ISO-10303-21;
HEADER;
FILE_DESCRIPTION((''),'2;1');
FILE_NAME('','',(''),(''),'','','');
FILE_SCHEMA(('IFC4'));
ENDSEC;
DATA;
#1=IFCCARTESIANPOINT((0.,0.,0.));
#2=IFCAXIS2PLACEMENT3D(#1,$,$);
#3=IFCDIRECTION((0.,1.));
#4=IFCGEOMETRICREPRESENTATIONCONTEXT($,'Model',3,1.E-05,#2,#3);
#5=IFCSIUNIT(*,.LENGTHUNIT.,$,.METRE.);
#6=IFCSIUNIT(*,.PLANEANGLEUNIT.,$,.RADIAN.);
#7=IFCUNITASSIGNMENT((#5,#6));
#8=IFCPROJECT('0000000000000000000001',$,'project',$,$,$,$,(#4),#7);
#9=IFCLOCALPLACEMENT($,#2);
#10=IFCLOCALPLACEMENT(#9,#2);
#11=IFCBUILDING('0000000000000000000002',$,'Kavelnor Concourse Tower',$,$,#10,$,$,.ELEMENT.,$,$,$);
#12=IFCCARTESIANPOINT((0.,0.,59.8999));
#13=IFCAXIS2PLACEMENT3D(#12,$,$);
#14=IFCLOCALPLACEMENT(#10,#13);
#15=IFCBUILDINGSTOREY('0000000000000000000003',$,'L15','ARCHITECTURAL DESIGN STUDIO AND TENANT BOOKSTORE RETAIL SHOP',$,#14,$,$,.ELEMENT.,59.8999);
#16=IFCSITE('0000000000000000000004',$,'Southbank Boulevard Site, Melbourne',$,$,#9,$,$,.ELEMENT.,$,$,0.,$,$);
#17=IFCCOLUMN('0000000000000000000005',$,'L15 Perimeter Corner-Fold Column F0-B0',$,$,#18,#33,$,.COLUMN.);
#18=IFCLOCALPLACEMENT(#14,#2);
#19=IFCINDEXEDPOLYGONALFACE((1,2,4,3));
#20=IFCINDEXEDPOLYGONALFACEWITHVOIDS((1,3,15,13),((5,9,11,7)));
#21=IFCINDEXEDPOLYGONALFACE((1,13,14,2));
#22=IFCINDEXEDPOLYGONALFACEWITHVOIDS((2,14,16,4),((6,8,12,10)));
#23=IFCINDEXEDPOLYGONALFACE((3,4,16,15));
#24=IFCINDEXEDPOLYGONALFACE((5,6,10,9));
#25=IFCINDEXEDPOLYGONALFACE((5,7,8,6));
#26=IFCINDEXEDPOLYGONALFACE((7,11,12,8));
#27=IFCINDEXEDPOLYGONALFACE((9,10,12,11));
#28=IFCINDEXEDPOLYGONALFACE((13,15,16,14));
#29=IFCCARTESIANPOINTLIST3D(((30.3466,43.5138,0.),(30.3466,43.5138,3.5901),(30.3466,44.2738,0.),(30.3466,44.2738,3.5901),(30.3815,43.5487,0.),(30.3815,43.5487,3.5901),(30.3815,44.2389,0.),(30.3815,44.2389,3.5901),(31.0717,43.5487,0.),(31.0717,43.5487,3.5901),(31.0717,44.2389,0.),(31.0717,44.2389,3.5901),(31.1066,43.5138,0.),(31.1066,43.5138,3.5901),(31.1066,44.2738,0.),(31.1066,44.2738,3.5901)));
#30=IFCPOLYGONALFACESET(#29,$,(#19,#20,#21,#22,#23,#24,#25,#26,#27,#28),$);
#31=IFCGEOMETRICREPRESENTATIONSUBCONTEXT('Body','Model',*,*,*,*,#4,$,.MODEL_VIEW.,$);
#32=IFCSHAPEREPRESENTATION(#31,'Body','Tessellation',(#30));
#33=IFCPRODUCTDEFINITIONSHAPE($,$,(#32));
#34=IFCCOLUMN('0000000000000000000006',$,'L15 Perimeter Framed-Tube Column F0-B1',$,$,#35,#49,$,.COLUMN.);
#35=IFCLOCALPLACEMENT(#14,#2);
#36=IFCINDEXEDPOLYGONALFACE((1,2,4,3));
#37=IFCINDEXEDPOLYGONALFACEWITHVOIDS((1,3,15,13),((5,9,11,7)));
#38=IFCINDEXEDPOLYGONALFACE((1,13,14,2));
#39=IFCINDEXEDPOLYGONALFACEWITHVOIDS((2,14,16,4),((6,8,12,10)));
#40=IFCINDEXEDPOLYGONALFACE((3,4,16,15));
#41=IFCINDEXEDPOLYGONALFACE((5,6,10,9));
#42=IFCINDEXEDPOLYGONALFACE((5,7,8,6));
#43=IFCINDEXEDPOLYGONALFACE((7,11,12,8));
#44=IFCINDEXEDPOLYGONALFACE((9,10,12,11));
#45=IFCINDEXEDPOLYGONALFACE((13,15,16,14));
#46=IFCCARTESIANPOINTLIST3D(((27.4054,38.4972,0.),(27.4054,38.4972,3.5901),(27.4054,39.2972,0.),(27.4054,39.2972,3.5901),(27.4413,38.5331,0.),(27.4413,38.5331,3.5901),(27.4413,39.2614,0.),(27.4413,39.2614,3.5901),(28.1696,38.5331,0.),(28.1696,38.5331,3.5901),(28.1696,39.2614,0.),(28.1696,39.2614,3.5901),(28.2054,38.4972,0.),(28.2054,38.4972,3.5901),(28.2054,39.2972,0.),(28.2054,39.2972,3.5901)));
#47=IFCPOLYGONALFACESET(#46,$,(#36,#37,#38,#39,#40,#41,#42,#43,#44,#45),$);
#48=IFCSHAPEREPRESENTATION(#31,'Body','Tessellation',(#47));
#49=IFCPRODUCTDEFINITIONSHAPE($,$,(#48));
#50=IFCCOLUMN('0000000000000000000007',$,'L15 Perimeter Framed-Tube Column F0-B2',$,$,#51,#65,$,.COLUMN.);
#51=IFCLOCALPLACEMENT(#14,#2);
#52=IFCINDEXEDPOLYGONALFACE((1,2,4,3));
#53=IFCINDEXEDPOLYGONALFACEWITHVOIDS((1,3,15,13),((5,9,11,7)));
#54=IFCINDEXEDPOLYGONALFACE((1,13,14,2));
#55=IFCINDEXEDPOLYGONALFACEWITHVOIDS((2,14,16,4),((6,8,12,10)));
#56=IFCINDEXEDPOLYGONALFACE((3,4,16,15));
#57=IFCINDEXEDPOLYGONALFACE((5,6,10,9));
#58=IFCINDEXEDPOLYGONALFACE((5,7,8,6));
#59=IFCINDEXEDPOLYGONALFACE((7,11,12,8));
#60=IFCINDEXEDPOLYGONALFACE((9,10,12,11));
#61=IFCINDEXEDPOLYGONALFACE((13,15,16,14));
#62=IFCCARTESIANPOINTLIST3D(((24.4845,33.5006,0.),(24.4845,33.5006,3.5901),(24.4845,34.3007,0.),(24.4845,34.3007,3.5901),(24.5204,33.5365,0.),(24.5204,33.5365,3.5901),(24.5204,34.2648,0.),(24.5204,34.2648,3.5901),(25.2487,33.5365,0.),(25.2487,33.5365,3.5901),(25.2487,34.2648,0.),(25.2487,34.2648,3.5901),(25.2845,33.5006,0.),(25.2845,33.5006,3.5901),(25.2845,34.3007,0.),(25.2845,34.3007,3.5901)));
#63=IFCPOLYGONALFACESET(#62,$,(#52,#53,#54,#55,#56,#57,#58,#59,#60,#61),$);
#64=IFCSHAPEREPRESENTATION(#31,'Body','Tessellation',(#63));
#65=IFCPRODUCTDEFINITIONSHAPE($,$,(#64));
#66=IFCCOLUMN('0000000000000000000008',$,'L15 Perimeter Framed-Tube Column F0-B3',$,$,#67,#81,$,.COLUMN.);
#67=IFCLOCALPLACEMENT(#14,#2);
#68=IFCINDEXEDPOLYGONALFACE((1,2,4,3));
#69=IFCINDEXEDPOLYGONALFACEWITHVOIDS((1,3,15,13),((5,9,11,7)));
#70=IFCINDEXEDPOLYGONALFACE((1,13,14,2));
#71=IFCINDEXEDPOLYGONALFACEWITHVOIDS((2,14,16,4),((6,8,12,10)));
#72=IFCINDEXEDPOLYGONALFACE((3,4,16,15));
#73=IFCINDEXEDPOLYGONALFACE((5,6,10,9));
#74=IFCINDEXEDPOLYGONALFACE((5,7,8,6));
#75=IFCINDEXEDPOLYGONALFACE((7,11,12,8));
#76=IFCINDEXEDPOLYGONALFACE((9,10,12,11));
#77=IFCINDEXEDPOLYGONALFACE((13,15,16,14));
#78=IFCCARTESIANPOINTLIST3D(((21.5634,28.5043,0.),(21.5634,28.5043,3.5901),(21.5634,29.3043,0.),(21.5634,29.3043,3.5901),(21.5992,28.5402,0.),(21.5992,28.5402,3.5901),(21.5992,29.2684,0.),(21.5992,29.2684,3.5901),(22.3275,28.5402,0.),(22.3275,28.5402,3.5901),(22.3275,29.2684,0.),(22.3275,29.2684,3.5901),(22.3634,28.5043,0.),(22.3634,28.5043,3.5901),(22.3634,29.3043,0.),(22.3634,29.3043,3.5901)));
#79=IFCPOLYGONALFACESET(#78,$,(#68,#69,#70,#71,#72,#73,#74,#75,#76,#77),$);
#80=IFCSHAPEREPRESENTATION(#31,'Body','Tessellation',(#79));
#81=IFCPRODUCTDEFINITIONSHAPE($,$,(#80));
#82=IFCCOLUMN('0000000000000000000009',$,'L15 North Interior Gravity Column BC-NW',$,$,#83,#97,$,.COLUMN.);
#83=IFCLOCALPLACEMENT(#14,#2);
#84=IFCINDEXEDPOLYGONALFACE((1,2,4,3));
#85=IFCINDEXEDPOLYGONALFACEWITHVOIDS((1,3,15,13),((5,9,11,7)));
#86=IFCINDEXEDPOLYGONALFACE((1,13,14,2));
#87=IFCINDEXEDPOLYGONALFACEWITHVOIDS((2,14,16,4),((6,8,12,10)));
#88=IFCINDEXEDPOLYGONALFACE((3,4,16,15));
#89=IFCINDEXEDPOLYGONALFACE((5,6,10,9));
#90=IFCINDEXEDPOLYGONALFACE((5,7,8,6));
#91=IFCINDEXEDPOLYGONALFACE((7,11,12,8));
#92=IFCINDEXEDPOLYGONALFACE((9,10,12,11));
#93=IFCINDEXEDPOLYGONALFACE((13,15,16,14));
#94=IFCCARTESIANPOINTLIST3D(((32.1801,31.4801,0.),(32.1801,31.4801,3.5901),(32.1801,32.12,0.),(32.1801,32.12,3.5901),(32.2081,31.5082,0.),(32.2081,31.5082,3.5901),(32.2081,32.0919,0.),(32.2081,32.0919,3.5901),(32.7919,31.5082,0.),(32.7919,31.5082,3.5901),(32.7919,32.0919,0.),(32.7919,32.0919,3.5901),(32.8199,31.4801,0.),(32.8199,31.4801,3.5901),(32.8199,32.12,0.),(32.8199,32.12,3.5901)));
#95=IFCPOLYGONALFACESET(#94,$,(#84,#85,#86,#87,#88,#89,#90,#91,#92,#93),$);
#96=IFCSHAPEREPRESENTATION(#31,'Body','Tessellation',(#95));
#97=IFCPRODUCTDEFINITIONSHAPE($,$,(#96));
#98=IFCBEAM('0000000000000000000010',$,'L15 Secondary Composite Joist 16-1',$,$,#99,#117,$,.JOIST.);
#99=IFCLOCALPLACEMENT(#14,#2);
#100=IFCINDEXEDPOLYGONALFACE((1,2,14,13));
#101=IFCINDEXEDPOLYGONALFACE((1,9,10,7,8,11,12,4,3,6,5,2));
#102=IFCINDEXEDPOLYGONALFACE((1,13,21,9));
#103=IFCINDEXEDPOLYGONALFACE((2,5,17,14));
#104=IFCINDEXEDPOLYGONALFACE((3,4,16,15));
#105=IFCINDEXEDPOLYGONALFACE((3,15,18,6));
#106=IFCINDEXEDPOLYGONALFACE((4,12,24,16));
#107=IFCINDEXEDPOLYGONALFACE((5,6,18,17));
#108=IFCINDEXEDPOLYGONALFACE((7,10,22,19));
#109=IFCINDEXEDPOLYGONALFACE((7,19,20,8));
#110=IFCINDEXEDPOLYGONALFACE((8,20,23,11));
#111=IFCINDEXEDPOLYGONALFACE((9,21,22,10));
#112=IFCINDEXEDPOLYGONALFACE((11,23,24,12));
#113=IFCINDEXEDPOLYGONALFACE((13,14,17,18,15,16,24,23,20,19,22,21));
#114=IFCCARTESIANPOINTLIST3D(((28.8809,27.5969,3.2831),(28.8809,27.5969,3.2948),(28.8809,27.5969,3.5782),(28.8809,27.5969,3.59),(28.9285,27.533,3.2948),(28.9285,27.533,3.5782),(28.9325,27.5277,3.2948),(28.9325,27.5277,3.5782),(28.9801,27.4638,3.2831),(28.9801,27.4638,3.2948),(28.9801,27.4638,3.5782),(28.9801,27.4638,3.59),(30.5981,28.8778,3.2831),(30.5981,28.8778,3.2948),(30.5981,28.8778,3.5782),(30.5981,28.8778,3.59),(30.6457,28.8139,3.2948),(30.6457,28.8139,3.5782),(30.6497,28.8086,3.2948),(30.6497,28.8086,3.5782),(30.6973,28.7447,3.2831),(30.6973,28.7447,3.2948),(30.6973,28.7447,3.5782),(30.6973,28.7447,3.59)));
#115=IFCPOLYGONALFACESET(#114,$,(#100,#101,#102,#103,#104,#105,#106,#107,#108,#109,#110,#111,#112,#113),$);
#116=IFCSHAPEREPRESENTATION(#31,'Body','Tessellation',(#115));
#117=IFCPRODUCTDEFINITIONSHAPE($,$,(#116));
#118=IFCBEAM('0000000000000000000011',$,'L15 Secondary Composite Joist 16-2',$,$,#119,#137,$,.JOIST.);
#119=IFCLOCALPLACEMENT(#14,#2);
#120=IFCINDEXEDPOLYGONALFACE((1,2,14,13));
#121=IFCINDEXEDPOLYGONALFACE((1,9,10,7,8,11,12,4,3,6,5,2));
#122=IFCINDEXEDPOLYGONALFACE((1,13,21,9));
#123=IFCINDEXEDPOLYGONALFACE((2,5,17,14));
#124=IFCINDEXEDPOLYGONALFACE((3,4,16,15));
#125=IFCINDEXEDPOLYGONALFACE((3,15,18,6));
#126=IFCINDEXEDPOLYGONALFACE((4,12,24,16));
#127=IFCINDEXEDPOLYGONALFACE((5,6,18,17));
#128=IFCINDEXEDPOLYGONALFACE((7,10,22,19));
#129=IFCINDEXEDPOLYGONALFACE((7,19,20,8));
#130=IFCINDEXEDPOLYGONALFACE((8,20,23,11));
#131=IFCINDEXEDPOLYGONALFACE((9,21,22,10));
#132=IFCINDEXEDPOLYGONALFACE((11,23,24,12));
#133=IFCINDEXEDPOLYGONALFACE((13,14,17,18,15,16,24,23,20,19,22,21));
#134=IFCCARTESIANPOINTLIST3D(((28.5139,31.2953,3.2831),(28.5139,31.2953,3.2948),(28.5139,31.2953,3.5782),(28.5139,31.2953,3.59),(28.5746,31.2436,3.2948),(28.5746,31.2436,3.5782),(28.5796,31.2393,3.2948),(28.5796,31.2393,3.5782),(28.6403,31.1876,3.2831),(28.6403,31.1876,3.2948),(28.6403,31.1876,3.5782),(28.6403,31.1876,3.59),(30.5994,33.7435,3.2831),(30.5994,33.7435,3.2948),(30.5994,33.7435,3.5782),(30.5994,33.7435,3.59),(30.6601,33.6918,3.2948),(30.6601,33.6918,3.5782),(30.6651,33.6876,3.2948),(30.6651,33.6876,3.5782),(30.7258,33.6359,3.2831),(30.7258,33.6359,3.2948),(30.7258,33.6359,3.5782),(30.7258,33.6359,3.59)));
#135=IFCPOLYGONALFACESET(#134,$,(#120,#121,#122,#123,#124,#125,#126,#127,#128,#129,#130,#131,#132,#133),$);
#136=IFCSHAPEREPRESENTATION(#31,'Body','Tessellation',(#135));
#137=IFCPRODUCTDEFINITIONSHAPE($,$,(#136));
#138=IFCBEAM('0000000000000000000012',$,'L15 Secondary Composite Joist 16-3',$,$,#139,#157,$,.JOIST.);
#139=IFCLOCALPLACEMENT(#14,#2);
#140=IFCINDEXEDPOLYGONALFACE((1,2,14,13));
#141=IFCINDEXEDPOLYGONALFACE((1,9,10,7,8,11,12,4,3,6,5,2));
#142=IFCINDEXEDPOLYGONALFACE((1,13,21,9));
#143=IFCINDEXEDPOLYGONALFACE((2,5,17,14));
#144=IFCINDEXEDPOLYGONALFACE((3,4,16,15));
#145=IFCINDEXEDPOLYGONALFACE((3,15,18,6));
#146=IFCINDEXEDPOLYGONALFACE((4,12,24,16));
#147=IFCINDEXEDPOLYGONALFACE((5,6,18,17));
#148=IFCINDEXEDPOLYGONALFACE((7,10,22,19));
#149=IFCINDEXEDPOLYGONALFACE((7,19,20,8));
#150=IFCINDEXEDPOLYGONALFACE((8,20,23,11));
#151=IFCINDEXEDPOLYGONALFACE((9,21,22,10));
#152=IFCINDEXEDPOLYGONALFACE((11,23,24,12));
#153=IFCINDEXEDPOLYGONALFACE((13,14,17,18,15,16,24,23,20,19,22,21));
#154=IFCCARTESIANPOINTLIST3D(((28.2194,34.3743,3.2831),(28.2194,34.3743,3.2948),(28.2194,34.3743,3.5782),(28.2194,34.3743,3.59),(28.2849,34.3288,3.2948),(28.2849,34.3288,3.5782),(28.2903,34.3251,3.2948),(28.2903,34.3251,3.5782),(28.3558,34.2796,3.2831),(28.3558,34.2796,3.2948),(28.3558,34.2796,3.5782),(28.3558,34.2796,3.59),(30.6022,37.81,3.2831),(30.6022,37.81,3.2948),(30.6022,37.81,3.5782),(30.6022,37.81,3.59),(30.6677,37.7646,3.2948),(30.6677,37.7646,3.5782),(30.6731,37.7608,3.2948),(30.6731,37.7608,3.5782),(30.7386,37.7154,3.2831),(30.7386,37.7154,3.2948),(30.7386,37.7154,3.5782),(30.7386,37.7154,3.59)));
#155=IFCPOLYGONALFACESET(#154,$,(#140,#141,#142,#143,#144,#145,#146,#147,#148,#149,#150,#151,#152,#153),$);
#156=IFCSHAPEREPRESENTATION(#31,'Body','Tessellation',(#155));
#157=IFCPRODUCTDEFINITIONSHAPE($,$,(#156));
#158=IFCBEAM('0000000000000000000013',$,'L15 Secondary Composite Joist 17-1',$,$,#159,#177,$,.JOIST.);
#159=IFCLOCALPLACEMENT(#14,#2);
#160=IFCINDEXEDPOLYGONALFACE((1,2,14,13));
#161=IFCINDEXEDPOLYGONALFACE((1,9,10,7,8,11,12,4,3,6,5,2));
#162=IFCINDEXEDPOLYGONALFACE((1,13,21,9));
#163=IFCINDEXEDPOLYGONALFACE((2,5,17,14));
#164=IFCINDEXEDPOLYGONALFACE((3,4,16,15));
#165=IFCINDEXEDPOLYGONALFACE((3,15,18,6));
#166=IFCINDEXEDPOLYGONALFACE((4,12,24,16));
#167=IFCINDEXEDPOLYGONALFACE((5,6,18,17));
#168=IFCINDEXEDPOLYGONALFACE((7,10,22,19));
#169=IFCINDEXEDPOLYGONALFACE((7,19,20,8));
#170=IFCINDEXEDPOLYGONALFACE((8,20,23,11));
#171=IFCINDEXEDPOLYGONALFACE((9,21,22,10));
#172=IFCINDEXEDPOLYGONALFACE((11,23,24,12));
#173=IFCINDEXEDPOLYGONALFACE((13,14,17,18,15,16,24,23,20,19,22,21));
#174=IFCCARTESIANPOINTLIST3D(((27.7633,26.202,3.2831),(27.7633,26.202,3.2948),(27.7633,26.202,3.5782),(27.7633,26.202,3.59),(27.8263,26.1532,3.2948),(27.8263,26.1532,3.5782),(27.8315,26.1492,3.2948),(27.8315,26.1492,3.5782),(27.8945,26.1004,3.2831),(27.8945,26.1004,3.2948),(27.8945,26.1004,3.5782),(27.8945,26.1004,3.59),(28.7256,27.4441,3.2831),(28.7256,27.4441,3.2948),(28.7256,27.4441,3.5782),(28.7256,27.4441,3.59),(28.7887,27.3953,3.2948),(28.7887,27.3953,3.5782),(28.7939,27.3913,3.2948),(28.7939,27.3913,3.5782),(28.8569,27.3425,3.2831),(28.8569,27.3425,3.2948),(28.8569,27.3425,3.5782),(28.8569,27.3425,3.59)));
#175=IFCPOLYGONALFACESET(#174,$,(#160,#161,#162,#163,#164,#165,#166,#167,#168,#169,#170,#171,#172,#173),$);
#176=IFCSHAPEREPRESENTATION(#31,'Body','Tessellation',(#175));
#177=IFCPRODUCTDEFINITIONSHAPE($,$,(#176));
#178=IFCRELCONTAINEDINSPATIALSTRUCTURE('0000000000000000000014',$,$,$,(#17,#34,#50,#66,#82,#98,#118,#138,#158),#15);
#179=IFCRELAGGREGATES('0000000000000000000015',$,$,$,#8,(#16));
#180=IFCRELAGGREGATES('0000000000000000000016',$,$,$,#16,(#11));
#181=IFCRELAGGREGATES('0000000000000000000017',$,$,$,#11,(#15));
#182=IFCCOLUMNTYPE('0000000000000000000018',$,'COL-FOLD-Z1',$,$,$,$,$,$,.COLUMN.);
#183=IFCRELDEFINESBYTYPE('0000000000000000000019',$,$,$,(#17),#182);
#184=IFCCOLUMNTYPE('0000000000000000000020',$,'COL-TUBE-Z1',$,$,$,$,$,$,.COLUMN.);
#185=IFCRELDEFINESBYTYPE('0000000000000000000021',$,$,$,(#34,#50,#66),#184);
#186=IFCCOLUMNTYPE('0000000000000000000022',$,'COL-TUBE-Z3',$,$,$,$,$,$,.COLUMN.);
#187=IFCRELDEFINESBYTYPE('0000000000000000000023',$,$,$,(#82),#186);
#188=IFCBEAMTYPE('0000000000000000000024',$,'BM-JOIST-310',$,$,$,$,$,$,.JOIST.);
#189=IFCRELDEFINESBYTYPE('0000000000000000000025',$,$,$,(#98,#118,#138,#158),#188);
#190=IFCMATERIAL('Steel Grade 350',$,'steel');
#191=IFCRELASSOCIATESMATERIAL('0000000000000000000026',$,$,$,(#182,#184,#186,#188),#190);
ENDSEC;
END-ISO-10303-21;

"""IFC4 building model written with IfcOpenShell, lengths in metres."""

from ifc_helpers import new_model, si_unit, direction, frame, origin, origin_2d, place, context, subcontext, project, spatial, hollow_rectangle, i_section, extrude, material, material_profile, profile_set, type_object, element, save


model = new_model("IFC4")

# Units and contexts
model_context = context("Model", 3, precision=1e-05, world=origin(), true_north=direction((0.0, 1.0)))
body_context = subcontext(model_context, "Body", "Model", "MODEL_VIEW")
ifc_project = project(units=[si_unit("LENGTHUNIT", "METRE"), si_unit("PLANEANGLEUNIT", "RADIAN")], contexts=[model_context])

# Site, building, storey
site_placement = place(None, origin())
site = spatial("IfcSite", under=ifc_project, at=site_placement, Name="Southbank Boulevard Site, Melbourne", CompositionType="ELEMENT", RefElevation=0.0)
building_placement = place(site_placement, origin())
building = spatial("IfcBuilding", under=site, at=building_placement, Name="Kavelnor Concourse Tower", CompositionType="ELEMENT")
storey_placement = place(building_placement, frame((0.0, 0.0, 59.8999)))
storey = spatial("IfcBuildingStorey", under=building, at=storey_placement, Name="L15", Description="ARCHITECTURAL DESIGN STUDIO AND TENANT BOOKSTORE RETAIL SHOP", CompositionType="ELEMENT", Elevation=59.8999)

# Columns
ifc_material_1 = material(Name="Steel Grade 350", Category="steel")
ifc_material_profile_1 = material_profile(ifc_material_1, hollow_rectangle(XDim=0.76, YDim=0.76, WallThickness=0.0349, at=origin_2d()), Name="SHS 760x760x35")
ifc_profile_set_1 = profile_set([ifc_material_profile_1], Name="Steel Grade 350")
column_type_1 = type_object("IfcColumnType", Name="COL-FOLD-Z1", PredefinedType="COLUMN", material=ifc_profile_set_1)
column_1_placement = place(storey_placement, frame((30.7266, 43.8938, 0.0), z_axis=(0.0, 0.0, 1.0), x_axis=(1.0, 0.0, 0.0)))
element("IfcColumn", 1, at=column_1_placement, inside=storey, type_object=column_type_1, Name="L15 Perimeter Corner-Fold Column F0-B0", PredefinedType="COLUMN", context=body_context, shape_type="SweptSolid", body=[
    extrude(hollow_rectangle(XDim=0.76, YDim=0.76, WallThickness=0.0349, at=origin_2d()), origin(), (0.0, 0.0, 1.0), 3.5901),
])
ifc_material_profile_2 = material_profile(ifc_material_1, hollow_rectangle(XDim=0.8, YDim=0.8, WallThickness=0.0359, at=origin_2d()), Name="SHS 800x800x36")
ifc_profile_set_2 = profile_set([ifc_material_profile_2], Name="Steel Grade 350")
column_type_2 = type_object("IfcColumnType", Name="COL-TUBE-Z1", PredefinedType="COLUMN", material=ifc_profile_set_2)
for number, where, z_axis, x_axis, name in (
    (2, (27.8054, 38.8972, 0.0), (0.0, 0.0, 1.0), (1.0, 0.0, 0.0), "L15 Perimeter Framed-Tube Column F0-B1"),
    (3, (24.8845, 33.9006, 0.0), (0.0, 0.0, 1.0), (1.0, 0.0, 0.0), "L15 Perimeter Framed-Tube Column F0-B2"),
    (4, (21.9634, 28.9043, 0.0), (0.0, 0.0, 1.0), (1.0, 0.0, 0.0), "L15 Perimeter Framed-Tube Column F0-B3"),
):
    element("IfcColumn", number, at=place(storey_placement, frame(where, z_axis=z_axis, x_axis=x_axis)), inside=storey, type_object=column_type_2, Name=name, PredefinedType="COLUMN", context=body_context, shape_type="SweptSolid", body=[
        extrude(hollow_rectangle(XDim=0.8, YDim=0.8, WallThickness=0.0359, at=origin_2d()), origin(), (0.0, 0.0, 1.0), 3.5901),
    ])
ifc_material_profile_3 = material_profile(ifc_material_1, hollow_rectangle(XDim=0.6399, YDim=0.6399, WallThickness=0.0281, at=origin_2d()), Name="SHS 640x640x28")
ifc_profile_set_3 = profile_set([ifc_material_profile_3], Name="Steel Grade 350")
column_type_3 = type_object("IfcColumnType", Name="COL-TUBE-Z3", PredefinedType="COLUMN", material=ifc_profile_set_3)
column_2_placement = place(storey_placement, frame((32.5, 31.8, 0.0), z_axis=(0.0, 0.0, 1.0), x_axis=(1.0, 0.0, 0.0)))
element("IfcColumn", 5, at=column_2_placement, inside=storey, type_object=column_type_3, Name="L15 North Interior Gravity Column BC-NW", PredefinedType="COLUMN", context=body_context, shape_type="SweptSolid", body=[
    extrude(hollow_rectangle(XDim=0.6399, YDim=0.6399, WallThickness=0.0281, at=origin_2d()), origin(), (0.0, 0.0, 1.0), 3.5901),
])

# Beams
ifc_material_profile_4 = material_profile(ifc_material_1, i_section(OverallWidth=0.166, OverallDepth=0.3069, WebThickness=0.0066, FlangeThickness=0.0117, at=origin_2d()), Name="310UB46")
ifc_profile_set_4 = profile_set([ifc_material_profile_4], Name="Steel Grade 350")
beam_type_1 = type_object("IfcBeamType", Name="BM-JOIST-310", PredefinedType="JOIST", material=ifc_profile_set_4)
beam_1_placement = place(storey_placement, frame((30.6477, 28.8113, 3.4365), z_axis=(-0.801556, -0.597919, 0.0), x_axis=(0.597919, -0.801556, 0.0)))
element("IfcBeam", 6, at=beam_1_placement, inside=storey, type_object=beam_type_1, Name="L15 Secondary Composite Joist 16-1", PredefinedType="JOIST", context=body_context, shape_type="SweptSolid", body=[
    extrude(i_section(OverallWidth=0.166, OverallDepth=0.3069, WebThickness=0.0066, FlangeThickness=0.0117, at=origin_2d()), origin(), (0.0, 0.0, 1.0), 2.1423),
])
beam_2_placement = place(storey_placement, frame((30.6626, 33.6897, 3.4365), z_axis=(-0.64845, -0.761257, 0.0), x_axis=(0.761257, -0.64845, 0.0)))
element("IfcBeam", 7, at=beam_2_placement, inside=storey, type_object=beam_type_1, Name="L15 Secondary Composite Joist 16-2", PredefinedType="JOIST", context=body_context, shape_type="SweptSolid", body=[
    extrude(i_section(OverallWidth=0.166, OverallDepth=0.3069, WebThickness=0.0066, FlangeThickness=0.0117, at=origin_2d()), origin(), (0.0, 0.0, 1.0), 3.2161),
])
beam_3_placement = place(storey_placement, frame((30.6704, 37.7627, 3.4365), z_axis=(-0.569887, -0.821723, 0.0), x_axis=(0.821723, -0.569887, 0.0)))
element("IfcBeam", 8, at=beam_3_placement, inside=storey, type_object=beam_type_1, Name="L15 Secondary Composite Joist 16-3", PredefinedType="JOIST", context=body_context, shape_type="SweptSolid", body=[
    extrude(i_section(OverallWidth=0.166, OverallDepth=0.3069, WebThickness=0.0066, FlangeThickness=0.0117, at=origin_2d()), origin(), (0.0, 0.0, 1.0), 4.1812),
])
beam_4_placement = place(storey_placement, frame((28.7913, 27.3933, 3.4365), z_axis=(-0.612455, -0.790505, 0.0), x_axis=(0.790505, -0.612455, 0.0)))
element("IfcBeam", 9, at=beam_4_placement, inside=storey, type_object=beam_type_1, Name="L15 Secondary Composite Joist 17-1", PredefinedType="JOIST", context=body_context, shape_type="SweptSolid", body=[
    extrude(i_section(OverallWidth=0.166, OverallDepth=0.3069, WebThickness=0.0066, FlangeThickness=0.0117, at=origin_2d()), origin(), (0.0, 0.0, 1.0), 1.5713),
])

save(model, "model.ifc")
